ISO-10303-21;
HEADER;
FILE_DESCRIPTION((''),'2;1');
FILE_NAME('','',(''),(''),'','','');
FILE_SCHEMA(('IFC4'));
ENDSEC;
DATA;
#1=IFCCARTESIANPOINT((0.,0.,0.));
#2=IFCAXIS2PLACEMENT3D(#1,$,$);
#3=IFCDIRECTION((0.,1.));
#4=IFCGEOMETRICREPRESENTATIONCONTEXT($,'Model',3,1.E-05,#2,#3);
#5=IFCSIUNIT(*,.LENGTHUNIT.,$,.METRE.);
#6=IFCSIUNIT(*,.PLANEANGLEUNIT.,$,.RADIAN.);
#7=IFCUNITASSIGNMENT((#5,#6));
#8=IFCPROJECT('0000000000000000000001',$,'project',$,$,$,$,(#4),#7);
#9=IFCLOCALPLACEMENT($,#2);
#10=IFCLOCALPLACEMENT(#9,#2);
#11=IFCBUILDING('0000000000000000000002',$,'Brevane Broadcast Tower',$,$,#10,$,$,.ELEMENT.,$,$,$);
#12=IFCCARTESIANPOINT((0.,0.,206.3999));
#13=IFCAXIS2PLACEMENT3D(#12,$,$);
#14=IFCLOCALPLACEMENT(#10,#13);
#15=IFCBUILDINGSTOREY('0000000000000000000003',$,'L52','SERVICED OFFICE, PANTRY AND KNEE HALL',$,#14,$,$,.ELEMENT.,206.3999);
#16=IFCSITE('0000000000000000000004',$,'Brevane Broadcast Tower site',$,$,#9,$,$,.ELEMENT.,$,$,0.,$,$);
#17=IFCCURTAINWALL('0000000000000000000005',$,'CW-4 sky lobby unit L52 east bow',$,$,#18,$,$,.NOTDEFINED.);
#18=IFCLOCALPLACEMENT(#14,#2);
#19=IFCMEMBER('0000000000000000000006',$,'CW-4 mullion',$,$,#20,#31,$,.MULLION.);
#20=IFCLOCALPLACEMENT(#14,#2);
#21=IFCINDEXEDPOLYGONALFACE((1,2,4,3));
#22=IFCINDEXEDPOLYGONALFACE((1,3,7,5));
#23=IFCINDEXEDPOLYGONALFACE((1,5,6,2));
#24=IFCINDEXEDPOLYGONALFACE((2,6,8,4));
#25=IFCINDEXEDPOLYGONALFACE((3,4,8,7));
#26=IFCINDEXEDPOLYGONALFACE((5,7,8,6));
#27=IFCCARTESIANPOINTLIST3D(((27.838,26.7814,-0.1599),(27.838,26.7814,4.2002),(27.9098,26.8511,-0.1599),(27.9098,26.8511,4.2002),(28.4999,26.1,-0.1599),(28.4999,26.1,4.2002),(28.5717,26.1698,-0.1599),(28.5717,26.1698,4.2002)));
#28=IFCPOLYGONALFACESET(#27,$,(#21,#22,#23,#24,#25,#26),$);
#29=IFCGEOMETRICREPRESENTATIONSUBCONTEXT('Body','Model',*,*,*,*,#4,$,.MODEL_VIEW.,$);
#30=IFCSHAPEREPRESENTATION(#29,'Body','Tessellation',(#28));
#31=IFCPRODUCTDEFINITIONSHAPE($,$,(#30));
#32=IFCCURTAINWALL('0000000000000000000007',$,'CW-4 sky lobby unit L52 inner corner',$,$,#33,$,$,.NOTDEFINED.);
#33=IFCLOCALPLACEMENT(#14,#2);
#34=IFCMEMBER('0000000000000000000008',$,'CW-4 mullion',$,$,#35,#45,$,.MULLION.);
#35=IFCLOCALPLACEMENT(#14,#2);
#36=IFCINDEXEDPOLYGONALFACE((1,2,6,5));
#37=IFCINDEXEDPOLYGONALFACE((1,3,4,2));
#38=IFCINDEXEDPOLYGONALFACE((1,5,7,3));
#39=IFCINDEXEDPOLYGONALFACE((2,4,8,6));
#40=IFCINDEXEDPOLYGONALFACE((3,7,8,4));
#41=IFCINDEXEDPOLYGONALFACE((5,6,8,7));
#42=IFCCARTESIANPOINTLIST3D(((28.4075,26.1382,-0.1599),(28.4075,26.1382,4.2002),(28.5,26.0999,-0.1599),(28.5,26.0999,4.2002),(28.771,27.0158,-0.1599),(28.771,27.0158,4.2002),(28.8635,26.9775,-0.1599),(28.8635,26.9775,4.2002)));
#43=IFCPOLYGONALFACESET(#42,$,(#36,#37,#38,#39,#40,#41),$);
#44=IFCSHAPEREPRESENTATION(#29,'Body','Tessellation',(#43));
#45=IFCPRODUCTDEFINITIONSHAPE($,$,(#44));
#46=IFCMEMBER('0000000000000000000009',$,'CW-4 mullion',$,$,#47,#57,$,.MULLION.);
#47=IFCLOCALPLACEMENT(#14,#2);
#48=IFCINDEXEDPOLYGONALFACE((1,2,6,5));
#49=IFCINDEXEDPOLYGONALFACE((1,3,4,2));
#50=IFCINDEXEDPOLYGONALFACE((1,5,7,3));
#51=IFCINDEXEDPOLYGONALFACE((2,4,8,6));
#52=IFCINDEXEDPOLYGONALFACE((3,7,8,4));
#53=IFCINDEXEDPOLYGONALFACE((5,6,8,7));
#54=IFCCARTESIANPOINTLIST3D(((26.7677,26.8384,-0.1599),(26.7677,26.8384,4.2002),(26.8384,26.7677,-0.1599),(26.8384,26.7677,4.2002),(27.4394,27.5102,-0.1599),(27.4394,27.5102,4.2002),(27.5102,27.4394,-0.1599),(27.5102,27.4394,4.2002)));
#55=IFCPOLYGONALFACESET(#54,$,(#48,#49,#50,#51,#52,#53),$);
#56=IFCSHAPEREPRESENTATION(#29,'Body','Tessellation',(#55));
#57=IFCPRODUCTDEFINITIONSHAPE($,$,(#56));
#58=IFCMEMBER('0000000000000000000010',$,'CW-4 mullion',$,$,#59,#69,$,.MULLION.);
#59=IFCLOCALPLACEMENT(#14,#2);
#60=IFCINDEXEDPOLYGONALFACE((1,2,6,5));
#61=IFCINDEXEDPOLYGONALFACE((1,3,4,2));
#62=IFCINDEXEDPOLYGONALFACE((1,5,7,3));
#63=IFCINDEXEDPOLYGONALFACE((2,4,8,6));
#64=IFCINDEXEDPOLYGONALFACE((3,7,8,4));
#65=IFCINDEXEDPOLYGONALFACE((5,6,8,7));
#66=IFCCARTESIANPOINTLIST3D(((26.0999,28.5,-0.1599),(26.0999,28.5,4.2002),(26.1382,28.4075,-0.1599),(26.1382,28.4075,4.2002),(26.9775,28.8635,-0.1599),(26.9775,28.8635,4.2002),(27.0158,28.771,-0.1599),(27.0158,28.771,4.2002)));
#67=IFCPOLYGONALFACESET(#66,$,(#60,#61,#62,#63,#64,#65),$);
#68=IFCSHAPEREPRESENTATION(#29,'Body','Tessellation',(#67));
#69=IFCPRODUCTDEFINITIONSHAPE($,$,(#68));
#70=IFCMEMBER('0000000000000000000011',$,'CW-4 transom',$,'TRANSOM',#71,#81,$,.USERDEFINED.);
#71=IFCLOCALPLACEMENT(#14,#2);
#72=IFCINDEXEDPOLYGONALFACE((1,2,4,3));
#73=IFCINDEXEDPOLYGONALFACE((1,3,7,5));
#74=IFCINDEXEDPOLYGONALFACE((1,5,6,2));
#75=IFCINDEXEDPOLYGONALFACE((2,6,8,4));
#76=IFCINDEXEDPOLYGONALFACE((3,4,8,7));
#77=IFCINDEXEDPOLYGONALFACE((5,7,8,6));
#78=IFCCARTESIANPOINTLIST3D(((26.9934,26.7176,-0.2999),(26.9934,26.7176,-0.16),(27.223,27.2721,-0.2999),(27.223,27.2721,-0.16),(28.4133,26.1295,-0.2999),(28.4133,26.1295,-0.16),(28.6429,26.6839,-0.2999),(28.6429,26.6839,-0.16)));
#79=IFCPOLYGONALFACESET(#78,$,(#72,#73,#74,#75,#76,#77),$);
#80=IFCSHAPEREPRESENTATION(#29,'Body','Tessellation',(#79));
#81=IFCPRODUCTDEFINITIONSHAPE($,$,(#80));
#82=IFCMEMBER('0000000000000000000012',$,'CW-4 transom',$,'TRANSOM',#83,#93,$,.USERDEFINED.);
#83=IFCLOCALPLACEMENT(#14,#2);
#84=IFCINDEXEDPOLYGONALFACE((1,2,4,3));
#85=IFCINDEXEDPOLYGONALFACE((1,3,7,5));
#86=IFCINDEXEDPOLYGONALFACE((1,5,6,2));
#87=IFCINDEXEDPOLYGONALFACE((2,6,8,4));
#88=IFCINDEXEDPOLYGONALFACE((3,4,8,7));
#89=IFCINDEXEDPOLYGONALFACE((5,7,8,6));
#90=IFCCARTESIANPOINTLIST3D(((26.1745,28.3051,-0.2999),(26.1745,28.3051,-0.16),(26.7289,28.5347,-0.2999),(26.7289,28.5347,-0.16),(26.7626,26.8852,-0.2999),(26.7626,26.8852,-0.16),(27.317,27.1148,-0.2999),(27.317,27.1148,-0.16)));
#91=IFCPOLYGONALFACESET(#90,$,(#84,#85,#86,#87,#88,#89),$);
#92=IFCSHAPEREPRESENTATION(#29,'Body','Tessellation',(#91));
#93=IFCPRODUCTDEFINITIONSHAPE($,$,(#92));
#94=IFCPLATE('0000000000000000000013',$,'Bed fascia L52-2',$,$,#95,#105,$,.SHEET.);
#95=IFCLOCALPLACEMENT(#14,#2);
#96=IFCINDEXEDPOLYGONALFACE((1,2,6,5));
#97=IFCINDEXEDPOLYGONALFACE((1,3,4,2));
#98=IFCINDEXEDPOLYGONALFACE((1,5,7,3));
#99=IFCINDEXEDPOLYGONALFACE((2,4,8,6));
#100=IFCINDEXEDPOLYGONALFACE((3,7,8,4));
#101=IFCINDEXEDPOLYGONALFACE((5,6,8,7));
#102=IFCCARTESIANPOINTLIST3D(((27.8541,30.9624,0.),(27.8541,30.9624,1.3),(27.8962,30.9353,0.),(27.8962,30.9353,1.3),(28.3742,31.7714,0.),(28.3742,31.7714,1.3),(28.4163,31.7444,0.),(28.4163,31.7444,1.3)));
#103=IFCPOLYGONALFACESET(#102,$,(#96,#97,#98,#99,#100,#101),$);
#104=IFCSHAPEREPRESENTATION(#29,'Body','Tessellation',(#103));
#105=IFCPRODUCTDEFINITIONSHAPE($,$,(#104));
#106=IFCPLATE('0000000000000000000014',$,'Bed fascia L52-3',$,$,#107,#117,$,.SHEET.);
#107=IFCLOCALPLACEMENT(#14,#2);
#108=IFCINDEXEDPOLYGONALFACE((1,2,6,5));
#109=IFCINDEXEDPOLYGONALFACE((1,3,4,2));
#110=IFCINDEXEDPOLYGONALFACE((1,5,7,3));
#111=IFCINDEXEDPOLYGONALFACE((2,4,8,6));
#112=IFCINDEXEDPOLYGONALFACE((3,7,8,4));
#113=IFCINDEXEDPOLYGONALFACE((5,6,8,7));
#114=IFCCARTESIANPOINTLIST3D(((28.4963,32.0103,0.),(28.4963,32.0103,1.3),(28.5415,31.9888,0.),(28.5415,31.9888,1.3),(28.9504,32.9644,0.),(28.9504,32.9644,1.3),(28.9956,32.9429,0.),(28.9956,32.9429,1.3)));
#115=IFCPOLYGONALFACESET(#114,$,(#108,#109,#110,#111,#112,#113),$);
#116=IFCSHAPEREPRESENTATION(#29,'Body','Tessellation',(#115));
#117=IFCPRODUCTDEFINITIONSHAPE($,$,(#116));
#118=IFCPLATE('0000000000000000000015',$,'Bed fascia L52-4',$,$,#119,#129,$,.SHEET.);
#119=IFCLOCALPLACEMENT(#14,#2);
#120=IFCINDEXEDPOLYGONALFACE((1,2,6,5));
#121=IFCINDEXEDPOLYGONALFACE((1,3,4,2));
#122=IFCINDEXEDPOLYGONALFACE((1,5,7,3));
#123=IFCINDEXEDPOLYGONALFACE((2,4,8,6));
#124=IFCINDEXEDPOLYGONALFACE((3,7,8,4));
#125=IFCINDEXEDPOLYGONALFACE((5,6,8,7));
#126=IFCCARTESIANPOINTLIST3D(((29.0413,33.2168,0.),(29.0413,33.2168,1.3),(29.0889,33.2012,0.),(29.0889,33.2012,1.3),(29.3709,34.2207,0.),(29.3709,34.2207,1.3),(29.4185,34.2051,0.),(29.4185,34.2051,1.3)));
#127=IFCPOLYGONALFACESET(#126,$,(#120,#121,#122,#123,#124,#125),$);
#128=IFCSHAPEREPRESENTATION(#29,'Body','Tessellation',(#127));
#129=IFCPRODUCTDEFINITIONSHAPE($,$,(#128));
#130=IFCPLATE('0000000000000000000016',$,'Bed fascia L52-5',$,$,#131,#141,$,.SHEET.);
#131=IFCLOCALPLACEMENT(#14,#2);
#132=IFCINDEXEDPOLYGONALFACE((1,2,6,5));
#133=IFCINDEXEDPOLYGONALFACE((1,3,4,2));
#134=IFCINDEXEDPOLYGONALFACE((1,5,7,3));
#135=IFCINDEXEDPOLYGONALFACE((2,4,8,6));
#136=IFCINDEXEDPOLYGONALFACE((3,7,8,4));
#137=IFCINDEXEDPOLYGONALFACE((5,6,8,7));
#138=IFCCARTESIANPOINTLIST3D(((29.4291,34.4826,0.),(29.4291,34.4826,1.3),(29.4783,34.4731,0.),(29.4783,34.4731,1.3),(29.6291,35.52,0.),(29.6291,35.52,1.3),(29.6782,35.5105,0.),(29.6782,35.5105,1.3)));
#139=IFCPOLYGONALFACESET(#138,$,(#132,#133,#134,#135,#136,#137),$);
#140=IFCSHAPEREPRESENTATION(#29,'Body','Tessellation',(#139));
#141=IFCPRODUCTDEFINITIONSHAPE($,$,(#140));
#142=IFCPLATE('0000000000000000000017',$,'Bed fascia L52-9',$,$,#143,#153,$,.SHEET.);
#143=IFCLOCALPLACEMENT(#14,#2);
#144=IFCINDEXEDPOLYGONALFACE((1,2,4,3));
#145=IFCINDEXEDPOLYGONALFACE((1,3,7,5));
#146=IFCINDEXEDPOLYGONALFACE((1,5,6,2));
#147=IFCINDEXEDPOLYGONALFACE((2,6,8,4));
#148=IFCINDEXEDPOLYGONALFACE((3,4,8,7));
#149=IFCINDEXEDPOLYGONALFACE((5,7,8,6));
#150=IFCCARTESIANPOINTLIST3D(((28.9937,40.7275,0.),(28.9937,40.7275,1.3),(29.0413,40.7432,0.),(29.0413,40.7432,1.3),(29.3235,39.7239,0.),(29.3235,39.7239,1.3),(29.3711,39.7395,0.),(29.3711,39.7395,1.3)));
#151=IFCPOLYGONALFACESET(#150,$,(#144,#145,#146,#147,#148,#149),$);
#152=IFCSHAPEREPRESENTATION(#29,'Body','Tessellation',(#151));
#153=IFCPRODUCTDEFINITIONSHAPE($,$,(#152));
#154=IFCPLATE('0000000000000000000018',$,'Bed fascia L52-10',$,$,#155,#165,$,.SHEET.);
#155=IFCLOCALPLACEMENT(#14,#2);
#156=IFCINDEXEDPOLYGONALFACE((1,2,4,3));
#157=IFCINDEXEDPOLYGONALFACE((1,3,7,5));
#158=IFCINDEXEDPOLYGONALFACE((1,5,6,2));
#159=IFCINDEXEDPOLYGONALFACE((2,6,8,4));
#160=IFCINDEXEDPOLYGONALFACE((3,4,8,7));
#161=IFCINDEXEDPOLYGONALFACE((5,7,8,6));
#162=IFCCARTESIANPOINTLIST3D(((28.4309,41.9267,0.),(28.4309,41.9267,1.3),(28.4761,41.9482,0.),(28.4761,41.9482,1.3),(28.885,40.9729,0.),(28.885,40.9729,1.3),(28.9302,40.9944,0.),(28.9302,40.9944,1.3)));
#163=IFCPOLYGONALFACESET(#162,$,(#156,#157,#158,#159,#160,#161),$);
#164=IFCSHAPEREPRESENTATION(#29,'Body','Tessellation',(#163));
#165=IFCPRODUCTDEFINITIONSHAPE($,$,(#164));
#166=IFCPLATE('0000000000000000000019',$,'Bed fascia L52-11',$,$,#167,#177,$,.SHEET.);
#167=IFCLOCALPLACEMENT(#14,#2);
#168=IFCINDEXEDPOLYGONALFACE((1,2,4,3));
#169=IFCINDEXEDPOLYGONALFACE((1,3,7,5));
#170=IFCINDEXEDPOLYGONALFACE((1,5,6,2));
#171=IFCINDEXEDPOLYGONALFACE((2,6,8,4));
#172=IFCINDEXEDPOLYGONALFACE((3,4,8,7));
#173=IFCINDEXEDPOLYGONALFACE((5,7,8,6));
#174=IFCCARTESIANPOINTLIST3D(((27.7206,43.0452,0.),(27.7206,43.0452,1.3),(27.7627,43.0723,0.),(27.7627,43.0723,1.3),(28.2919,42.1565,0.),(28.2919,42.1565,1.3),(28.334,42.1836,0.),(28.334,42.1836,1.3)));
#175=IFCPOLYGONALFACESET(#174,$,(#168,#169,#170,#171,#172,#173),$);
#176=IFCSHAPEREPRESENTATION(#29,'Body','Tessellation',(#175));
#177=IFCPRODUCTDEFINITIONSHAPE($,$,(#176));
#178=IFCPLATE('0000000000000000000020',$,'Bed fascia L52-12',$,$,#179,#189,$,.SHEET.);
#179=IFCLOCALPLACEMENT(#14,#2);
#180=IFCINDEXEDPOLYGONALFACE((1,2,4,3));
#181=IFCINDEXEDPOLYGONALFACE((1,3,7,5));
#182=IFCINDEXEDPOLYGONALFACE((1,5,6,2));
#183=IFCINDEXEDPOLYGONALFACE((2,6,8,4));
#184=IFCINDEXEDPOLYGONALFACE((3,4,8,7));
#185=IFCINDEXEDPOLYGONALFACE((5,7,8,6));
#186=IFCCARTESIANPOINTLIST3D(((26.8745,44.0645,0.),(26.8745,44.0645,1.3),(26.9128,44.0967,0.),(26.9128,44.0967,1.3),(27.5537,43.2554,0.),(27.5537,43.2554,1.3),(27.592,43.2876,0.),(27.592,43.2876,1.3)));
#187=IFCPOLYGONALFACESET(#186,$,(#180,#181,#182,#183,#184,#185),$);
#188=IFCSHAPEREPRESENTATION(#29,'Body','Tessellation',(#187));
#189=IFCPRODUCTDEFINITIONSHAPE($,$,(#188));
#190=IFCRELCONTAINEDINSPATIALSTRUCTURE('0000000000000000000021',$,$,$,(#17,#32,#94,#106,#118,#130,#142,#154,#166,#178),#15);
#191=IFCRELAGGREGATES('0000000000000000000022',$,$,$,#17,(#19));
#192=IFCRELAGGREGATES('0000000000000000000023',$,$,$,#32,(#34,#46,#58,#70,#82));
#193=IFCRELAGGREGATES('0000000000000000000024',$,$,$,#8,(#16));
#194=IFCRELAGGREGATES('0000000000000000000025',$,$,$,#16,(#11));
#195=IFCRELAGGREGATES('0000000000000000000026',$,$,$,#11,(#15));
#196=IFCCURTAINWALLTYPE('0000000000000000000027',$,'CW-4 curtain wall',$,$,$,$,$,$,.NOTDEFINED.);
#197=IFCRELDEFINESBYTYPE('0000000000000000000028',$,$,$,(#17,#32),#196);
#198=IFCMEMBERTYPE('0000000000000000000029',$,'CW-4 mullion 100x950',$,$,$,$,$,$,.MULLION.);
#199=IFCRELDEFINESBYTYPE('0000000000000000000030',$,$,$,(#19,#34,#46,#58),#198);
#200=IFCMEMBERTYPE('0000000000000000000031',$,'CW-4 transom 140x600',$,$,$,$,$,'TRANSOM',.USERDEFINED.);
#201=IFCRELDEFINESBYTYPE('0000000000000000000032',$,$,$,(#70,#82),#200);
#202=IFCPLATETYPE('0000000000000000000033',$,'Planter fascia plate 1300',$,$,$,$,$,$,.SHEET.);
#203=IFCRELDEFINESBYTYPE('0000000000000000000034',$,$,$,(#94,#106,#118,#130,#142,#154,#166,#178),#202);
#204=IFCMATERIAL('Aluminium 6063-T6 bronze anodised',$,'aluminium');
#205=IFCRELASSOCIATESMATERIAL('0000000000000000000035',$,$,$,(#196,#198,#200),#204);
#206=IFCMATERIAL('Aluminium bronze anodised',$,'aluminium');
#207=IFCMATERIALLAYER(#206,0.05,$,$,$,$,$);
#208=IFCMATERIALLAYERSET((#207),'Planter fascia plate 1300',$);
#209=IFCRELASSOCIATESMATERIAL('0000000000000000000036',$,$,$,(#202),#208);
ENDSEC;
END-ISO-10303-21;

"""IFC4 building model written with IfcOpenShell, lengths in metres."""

from ifc_helpers import new_model, si_unit, direction, frame, origin, origin_2d, place, context, subcontext, project, spatial, polyline, rectangle, outline, extrude, material, layer, layer_set, material_profile, profile_set, type_object, element, aggregate, save


model = new_model("IFC4")

# Units and contexts
model_context = context("Model", 3, precision=1e-05, world=origin(), true_north=direction((0.0, 1.0)))
body_context = subcontext(model_context, "Body", "Model", "MODEL_VIEW")
ifc_project = project(units=[si_unit("LENGTHUNIT", "METRE"), si_unit("PLANEANGLEUNIT", "RADIAN")], contexts=[model_context])

# Site, building, storey
site_placement = place(None, origin())
site = spatial("IfcSite", under=ifc_project, at=site_placement, Name="Brevane Broadcast Tower site", CompositionType="ELEMENT", RefElevation=0.0)
building_placement = place(site_placement, origin())
building = spatial("IfcBuilding", under=site, at=building_placement, Name="Brevane Broadcast Tower", CompositionType="ELEMENT")
storey_placement = place(building_placement, frame((0.0, 0.0, 206.3999)))
storey = spatial("IfcBuildingStorey", under=building, at=storey_placement, Name="L52", Description="SERVICED OFFICE, PANTRY AND KNEE HALL", CompositionType="ELEMENT", Elevation=206.3999)

# Curtain wall, member
ifc_material_1 = material(Name="Aluminium 6063-T6 bronze anodised", Category="aluminium")
curtain_wall_type = type_object("IfcCurtainWallType", Name="CW-4 curtain wall", PredefinedType="NOTDEFINED", material=ifc_material_1)
curtain_wall_1_placement = place(storey_placement, origin())
curtain_wall_1 = element("IfcCurtainWall", 1, at=curtain_wall_1_placement, inside=storey, type_object=curtain_wall_type, Name="CW-4 sky lobby unit L52 east bow", PredefinedType="NOTDEFINED")
ifc_material_profile_1 = material_profile(ifc_material_1, rectangle(XDim=0.95, YDim=0.1001, at=origin_2d()), Name="RECT 100x950")
ifc_profile_set_1 = profile_set([ifc_material_profile_1], Name="Aluminium 6063-T6 bronze anodised")
member_type_1 = type_object("IfcMemberType", Name="CW-4 mullion 100x950", PredefinedType="MULLION", material=ifc_profile_set_1)
member_1_placement = place(storey_placement, frame((28.2048, 26.4756, -0.1599), z_axis=(0.0, 0.0, 1.0), x_axis=(0.696812, -0.717254, 0.0)))
member_1 = element("IfcMember", 2, at=member_1_placement, type_object=member_type_1, Name="CW-4 mullion", PredefinedType="MULLION", context=body_context, shape_type="SweptSolid", body=[
    extrude(rectangle(XDim=0.95, YDim=0.1001, at=origin_2d()), origin(), (0.0, 0.0, 1.0), 4.3601),
])
aggregate(curtain_wall_1, [member_1])

# Curtain wall, members
curtain_wall_2_placement = place(storey_placement, origin())
curtain_wall_2 = element("IfcCurtainWall", 3, at=curtain_wall_2_placement, inside=storey, type_object=curtain_wall_type, Name="CW-4 sky lobby unit L52 inner corner", PredefinedType="NOTDEFINED")
member_2_placement = place(storey_placement, frame((28.6355, 26.5579, -0.1599), z_axis=(0.0, 0.0, 1.0), x_axis=(-0.382683, -0.92388, 0.0)))
member_2 = element("IfcMember", 4, at=member_2_placement, type_object=member_type_1, Name="CW-4 mullion", PredefinedType="MULLION", context=body_context, shape_type="SweptSolid", body=[
    extrude(rectangle(XDim=0.95, YDim=0.1001, at=origin_2d()), origin(), (0.0, 0.0, 1.0), 4.3601),
])
member_3_placement = place(storey_placement, frame((27.1389, 27.1389, -0.1599), z_axis=(0.0, 0.0, 1.0), x_axis=(-0.707107, -0.707107, 0.0)))
member_3 = element("IfcMember", 5, at=member_3_placement, type_object=member_type_1, Name="CW-4 mullion", PredefinedType="MULLION", context=body_context, shape_type="SweptSolid", body=[
    extrude(rectangle(XDim=0.95, YDim=0.1001, at=origin_2d()), origin(), (0.0, 0.0, 1.0), 4.3601),
])
member_4_placement = place(storey_placement, frame((26.5579, 28.6355, -0.1599), z_axis=(0.0, 0.0, 1.0), x_axis=(-0.92388, -0.382683, 0.0)))
member_4 = element("IfcMember", 6, at=member_4_placement, type_object=member_type_1, Name="CW-4 mullion", PredefinedType="MULLION", context=body_context, shape_type="SweptSolid", body=[
    extrude(rectangle(XDim=0.95, YDim=0.1001, at=origin_2d()), origin(), (0.0, 0.0, 1.0), 4.3601),
])
ifc_material_profile_2 = material_profile(ifc_material_1, rectangle(XDim=0.6001, YDim=0.1399, at=origin_2d()), Name="RECT 140x600")
ifc_profile_set_2 = profile_set([ifc_material_profile_2], Name="Aluminium 6063-T6 bronze anodised")
member_type_2 = type_object("IfcMemberType", Name="CW-4 transom 140x600", ElementType="TRANSOM", PredefinedType="USERDEFINED", material=ifc_profile_set_2)
member_5_placement = place(storey_placement, frame((28.5281, 26.4067, -0.23), z_axis=(-0.923883, 0.382674, 0.0), x_axis=(-0.382674, -0.923883, 0.0)))
member_5 = element("IfcMember", 7, at=member_5_placement, type_object=member_type_2, Name="CW-4 transom", ObjectType="TRANSOM", PredefinedType="USERDEFINED", context=body_context, shape_type="SweptSolid", body=[
    extrude(rectangle(XDim=0.6001, YDim=0.1399, at=origin_2d()), origin(), (0.0, 0.0, 1.0), 1.5369),
])
member_6_placement = place(storey_placement, frame((27.0398, 27.0, -0.23), z_axis=(-0.382674, 0.923883, 0.0), x_axis=(-0.923883, -0.382674, 0.0)))
member_6 = element("IfcMember", 8, at=member_6_placement, type_object=member_type_2, Name="CW-4 transom", ObjectType="TRANSOM", PredefinedType="USERDEFINED", context=body_context, shape_type="SweptSolid", body=[
    extrude(rectangle(XDim=0.6001, YDim=0.1399, at=origin_2d()), origin(), (0.0, 0.0, 1.0), 1.5369),
])
aggregate(curtain_wall_2, [member_2, member_3, member_4, member_5, member_6])

# Plates
ifc_material_2 = material(Name="Aluminium bronze anodised", Category="aluminium")
ifc_layer_1 = layer(ifc_material_2, 0.05)
ifc_layer_set_1 = layer_set([ifc_layer_1], Name="Planter fascia plate 1300")
plate_type = type_object("IfcPlateType", Name="Planter fascia plate 1300", PredefinedType="SHEET", material=ifc_layer_set_1)
plate_1_placement = place(storey_placement, frame((27.8962, 30.9353, 0.0), z_axis=(0.841228, -0.540681, 0.0), x_axis=(0.540681, 0.841228, 0.0)))
element("IfcPlate", 9, at=plate_1_placement, inside=storey, type_object=plate_type, Name="Bed fascia L52-2", PredefinedType="SHEET", context=body_context, shape_type="SweptSolid", body=[
    extrude(outline(polyline([(0.0, 0.0), (0.9618, 0.0), (0.9618, 1.3), (0.0, 1.3), (0.0, 0.0)])), origin(), (0.0, 0.0, -1.0), 0.05),
])
plate_2_placement = place(storey_placement, frame((28.5415, 31.9888, 0.0), z_axis=(0.902946, -0.429754, 0.0), x_axis=(0.429754, 0.902946, 0.0)))
element("IfcPlate", 10, at=plate_2_placement, inside=storey, type_object=plate_type, Name="Bed fascia L52-3", PredefinedType="SHEET", context=body_context, shape_type="SweptSolid", body=[
    extrude(outline(polyline([(0.0, 0.0), (1.0567, 0.0), (1.0567, 1.3), (0.0, 1.3), (0.0, 0.0)])), origin(), (0.0, 0.0, -1.0), 0.05),
])
plate_3_placement = place(storey_placement, frame((29.0889, 33.2012, 0.0), z_axis=(0.950106, -0.311927, 0.0), x_axis=(0.311927, 0.950106, 0.0)))
element("IfcPlate", 11, at=plate_3_placement, inside=storey, type_object=plate_type, Name="Bed fascia L52-4", PredefinedType="SHEET", context=body_context, shape_type="SweptSolid", body=[
    extrude(outline(polyline([(0.0, 0.0), (1.0566, 0.0), (1.0566, 1.3), (0.0, 1.3), (0.0, 0.0)])), origin(), (0.0, 0.0, -1.0), 0.05),
])
plate_4_placement = place(storey_placement, frame((29.4783, 34.4731, 0.0), z_axis=(0.981926, -0.189267, 0.0), x_axis=(0.189267, 0.981926, 0.0)))
element("IfcPlate", 12, at=plate_4_placement, inside=storey, type_object=plate_type, Name="Bed fascia L52-5", PredefinedType="SHEET", context=body_context, shape_type="SweptSolid", body=[
    extrude(outline(polyline([(0.0, 0.0), (1.0564, 0.0), (1.0564, 1.3), (0.0, 1.3), (0.0, 0.0)])), origin(), (0.0, 0.0, -1.0), 0.05),
])
plate_5_placement = place(storey_placement, frame((29.3711, 39.7395, 0.0), z_axis=(0.950015, 0.312204, 0.0), x_axis=(-0.312204, 0.950015, 0.0)))
element("IfcPlate", 13, at=plate_5_placement, inside=storey, type_object=plate_type, Name="Bed fascia L52-9", PredefinedType="SHEET", context=body_context, shape_type="SweptSolid", body=[
    extrude(outline(polyline([(0.0, 0.0), (1.0565, 0.0), (1.0565, 1.3), (0.0, 1.3), (0.0, 0.0)])), origin(), (0.0, 0.0, -1.0), 0.05),
])
plate_6_placement = place(storey_placement, frame((28.9302, 40.9944, 0.0), z_axis=(0.902903, 0.429844, 0.0), x_axis=(-0.429844, 0.902903, 0.0)))
element("IfcPlate", 14, at=plate_6_placement, inside=storey, type_object=plate_type, Name="Bed fascia L52-10", PredefinedType="SHEET", context=body_context, shape_type="SweptSolid", body=[
    extrude(outline(polyline([(0.0, 0.0), (1.0564, 0.0), (1.0564, 1.3), (0.0, 1.3), (0.0, 0.0)])), origin(), (0.0, 0.0, -1.0), 0.05),
])
plate_7_placement = place(storey_placement, frame((28.334, 42.1836, 0.0), z_axis=(0.841178, 0.540758, 0.0), x_axis=(-0.540758, 0.841178, 0.0)))
element("IfcPlate", 15, at=plate_7_placement, inside=storey, type_object=plate_type, Name="Bed fascia L52-11", PredefinedType="SHEET", context=body_context, shape_type="SweptSolid", body=[
    extrude(outline(polyline([(0.0, 0.0), (1.0565, 0.0), (1.0565, 1.3), (0.0, 1.3), (0.0, 0.0)])), origin(), (0.0, 0.0, -1.0), 0.05),
])
plate_8_placement = place(storey_placement, frame((27.592, 43.2876, 0.0), z_axis=(0.765905, 0.642954, 0.0), x_axis=(-0.642954, 0.765905, 0.0)))
element("IfcPlate", 16, at=plate_8_placement, inside=storey, type_object=plate_type, Name="Bed fascia L52-12", PredefinedType="SHEET", context=body_context, shape_type="SweptSolid", body=[
    extrude(outline(polyline([(0.0, 0.0), (1.0564, 0.0), (1.0564, 1.3), (0.0, 1.3), (0.0, 0.0)])), origin(), (0.0, 0.0, -1.0), 0.05),
])

save(model, "model.ifc")
